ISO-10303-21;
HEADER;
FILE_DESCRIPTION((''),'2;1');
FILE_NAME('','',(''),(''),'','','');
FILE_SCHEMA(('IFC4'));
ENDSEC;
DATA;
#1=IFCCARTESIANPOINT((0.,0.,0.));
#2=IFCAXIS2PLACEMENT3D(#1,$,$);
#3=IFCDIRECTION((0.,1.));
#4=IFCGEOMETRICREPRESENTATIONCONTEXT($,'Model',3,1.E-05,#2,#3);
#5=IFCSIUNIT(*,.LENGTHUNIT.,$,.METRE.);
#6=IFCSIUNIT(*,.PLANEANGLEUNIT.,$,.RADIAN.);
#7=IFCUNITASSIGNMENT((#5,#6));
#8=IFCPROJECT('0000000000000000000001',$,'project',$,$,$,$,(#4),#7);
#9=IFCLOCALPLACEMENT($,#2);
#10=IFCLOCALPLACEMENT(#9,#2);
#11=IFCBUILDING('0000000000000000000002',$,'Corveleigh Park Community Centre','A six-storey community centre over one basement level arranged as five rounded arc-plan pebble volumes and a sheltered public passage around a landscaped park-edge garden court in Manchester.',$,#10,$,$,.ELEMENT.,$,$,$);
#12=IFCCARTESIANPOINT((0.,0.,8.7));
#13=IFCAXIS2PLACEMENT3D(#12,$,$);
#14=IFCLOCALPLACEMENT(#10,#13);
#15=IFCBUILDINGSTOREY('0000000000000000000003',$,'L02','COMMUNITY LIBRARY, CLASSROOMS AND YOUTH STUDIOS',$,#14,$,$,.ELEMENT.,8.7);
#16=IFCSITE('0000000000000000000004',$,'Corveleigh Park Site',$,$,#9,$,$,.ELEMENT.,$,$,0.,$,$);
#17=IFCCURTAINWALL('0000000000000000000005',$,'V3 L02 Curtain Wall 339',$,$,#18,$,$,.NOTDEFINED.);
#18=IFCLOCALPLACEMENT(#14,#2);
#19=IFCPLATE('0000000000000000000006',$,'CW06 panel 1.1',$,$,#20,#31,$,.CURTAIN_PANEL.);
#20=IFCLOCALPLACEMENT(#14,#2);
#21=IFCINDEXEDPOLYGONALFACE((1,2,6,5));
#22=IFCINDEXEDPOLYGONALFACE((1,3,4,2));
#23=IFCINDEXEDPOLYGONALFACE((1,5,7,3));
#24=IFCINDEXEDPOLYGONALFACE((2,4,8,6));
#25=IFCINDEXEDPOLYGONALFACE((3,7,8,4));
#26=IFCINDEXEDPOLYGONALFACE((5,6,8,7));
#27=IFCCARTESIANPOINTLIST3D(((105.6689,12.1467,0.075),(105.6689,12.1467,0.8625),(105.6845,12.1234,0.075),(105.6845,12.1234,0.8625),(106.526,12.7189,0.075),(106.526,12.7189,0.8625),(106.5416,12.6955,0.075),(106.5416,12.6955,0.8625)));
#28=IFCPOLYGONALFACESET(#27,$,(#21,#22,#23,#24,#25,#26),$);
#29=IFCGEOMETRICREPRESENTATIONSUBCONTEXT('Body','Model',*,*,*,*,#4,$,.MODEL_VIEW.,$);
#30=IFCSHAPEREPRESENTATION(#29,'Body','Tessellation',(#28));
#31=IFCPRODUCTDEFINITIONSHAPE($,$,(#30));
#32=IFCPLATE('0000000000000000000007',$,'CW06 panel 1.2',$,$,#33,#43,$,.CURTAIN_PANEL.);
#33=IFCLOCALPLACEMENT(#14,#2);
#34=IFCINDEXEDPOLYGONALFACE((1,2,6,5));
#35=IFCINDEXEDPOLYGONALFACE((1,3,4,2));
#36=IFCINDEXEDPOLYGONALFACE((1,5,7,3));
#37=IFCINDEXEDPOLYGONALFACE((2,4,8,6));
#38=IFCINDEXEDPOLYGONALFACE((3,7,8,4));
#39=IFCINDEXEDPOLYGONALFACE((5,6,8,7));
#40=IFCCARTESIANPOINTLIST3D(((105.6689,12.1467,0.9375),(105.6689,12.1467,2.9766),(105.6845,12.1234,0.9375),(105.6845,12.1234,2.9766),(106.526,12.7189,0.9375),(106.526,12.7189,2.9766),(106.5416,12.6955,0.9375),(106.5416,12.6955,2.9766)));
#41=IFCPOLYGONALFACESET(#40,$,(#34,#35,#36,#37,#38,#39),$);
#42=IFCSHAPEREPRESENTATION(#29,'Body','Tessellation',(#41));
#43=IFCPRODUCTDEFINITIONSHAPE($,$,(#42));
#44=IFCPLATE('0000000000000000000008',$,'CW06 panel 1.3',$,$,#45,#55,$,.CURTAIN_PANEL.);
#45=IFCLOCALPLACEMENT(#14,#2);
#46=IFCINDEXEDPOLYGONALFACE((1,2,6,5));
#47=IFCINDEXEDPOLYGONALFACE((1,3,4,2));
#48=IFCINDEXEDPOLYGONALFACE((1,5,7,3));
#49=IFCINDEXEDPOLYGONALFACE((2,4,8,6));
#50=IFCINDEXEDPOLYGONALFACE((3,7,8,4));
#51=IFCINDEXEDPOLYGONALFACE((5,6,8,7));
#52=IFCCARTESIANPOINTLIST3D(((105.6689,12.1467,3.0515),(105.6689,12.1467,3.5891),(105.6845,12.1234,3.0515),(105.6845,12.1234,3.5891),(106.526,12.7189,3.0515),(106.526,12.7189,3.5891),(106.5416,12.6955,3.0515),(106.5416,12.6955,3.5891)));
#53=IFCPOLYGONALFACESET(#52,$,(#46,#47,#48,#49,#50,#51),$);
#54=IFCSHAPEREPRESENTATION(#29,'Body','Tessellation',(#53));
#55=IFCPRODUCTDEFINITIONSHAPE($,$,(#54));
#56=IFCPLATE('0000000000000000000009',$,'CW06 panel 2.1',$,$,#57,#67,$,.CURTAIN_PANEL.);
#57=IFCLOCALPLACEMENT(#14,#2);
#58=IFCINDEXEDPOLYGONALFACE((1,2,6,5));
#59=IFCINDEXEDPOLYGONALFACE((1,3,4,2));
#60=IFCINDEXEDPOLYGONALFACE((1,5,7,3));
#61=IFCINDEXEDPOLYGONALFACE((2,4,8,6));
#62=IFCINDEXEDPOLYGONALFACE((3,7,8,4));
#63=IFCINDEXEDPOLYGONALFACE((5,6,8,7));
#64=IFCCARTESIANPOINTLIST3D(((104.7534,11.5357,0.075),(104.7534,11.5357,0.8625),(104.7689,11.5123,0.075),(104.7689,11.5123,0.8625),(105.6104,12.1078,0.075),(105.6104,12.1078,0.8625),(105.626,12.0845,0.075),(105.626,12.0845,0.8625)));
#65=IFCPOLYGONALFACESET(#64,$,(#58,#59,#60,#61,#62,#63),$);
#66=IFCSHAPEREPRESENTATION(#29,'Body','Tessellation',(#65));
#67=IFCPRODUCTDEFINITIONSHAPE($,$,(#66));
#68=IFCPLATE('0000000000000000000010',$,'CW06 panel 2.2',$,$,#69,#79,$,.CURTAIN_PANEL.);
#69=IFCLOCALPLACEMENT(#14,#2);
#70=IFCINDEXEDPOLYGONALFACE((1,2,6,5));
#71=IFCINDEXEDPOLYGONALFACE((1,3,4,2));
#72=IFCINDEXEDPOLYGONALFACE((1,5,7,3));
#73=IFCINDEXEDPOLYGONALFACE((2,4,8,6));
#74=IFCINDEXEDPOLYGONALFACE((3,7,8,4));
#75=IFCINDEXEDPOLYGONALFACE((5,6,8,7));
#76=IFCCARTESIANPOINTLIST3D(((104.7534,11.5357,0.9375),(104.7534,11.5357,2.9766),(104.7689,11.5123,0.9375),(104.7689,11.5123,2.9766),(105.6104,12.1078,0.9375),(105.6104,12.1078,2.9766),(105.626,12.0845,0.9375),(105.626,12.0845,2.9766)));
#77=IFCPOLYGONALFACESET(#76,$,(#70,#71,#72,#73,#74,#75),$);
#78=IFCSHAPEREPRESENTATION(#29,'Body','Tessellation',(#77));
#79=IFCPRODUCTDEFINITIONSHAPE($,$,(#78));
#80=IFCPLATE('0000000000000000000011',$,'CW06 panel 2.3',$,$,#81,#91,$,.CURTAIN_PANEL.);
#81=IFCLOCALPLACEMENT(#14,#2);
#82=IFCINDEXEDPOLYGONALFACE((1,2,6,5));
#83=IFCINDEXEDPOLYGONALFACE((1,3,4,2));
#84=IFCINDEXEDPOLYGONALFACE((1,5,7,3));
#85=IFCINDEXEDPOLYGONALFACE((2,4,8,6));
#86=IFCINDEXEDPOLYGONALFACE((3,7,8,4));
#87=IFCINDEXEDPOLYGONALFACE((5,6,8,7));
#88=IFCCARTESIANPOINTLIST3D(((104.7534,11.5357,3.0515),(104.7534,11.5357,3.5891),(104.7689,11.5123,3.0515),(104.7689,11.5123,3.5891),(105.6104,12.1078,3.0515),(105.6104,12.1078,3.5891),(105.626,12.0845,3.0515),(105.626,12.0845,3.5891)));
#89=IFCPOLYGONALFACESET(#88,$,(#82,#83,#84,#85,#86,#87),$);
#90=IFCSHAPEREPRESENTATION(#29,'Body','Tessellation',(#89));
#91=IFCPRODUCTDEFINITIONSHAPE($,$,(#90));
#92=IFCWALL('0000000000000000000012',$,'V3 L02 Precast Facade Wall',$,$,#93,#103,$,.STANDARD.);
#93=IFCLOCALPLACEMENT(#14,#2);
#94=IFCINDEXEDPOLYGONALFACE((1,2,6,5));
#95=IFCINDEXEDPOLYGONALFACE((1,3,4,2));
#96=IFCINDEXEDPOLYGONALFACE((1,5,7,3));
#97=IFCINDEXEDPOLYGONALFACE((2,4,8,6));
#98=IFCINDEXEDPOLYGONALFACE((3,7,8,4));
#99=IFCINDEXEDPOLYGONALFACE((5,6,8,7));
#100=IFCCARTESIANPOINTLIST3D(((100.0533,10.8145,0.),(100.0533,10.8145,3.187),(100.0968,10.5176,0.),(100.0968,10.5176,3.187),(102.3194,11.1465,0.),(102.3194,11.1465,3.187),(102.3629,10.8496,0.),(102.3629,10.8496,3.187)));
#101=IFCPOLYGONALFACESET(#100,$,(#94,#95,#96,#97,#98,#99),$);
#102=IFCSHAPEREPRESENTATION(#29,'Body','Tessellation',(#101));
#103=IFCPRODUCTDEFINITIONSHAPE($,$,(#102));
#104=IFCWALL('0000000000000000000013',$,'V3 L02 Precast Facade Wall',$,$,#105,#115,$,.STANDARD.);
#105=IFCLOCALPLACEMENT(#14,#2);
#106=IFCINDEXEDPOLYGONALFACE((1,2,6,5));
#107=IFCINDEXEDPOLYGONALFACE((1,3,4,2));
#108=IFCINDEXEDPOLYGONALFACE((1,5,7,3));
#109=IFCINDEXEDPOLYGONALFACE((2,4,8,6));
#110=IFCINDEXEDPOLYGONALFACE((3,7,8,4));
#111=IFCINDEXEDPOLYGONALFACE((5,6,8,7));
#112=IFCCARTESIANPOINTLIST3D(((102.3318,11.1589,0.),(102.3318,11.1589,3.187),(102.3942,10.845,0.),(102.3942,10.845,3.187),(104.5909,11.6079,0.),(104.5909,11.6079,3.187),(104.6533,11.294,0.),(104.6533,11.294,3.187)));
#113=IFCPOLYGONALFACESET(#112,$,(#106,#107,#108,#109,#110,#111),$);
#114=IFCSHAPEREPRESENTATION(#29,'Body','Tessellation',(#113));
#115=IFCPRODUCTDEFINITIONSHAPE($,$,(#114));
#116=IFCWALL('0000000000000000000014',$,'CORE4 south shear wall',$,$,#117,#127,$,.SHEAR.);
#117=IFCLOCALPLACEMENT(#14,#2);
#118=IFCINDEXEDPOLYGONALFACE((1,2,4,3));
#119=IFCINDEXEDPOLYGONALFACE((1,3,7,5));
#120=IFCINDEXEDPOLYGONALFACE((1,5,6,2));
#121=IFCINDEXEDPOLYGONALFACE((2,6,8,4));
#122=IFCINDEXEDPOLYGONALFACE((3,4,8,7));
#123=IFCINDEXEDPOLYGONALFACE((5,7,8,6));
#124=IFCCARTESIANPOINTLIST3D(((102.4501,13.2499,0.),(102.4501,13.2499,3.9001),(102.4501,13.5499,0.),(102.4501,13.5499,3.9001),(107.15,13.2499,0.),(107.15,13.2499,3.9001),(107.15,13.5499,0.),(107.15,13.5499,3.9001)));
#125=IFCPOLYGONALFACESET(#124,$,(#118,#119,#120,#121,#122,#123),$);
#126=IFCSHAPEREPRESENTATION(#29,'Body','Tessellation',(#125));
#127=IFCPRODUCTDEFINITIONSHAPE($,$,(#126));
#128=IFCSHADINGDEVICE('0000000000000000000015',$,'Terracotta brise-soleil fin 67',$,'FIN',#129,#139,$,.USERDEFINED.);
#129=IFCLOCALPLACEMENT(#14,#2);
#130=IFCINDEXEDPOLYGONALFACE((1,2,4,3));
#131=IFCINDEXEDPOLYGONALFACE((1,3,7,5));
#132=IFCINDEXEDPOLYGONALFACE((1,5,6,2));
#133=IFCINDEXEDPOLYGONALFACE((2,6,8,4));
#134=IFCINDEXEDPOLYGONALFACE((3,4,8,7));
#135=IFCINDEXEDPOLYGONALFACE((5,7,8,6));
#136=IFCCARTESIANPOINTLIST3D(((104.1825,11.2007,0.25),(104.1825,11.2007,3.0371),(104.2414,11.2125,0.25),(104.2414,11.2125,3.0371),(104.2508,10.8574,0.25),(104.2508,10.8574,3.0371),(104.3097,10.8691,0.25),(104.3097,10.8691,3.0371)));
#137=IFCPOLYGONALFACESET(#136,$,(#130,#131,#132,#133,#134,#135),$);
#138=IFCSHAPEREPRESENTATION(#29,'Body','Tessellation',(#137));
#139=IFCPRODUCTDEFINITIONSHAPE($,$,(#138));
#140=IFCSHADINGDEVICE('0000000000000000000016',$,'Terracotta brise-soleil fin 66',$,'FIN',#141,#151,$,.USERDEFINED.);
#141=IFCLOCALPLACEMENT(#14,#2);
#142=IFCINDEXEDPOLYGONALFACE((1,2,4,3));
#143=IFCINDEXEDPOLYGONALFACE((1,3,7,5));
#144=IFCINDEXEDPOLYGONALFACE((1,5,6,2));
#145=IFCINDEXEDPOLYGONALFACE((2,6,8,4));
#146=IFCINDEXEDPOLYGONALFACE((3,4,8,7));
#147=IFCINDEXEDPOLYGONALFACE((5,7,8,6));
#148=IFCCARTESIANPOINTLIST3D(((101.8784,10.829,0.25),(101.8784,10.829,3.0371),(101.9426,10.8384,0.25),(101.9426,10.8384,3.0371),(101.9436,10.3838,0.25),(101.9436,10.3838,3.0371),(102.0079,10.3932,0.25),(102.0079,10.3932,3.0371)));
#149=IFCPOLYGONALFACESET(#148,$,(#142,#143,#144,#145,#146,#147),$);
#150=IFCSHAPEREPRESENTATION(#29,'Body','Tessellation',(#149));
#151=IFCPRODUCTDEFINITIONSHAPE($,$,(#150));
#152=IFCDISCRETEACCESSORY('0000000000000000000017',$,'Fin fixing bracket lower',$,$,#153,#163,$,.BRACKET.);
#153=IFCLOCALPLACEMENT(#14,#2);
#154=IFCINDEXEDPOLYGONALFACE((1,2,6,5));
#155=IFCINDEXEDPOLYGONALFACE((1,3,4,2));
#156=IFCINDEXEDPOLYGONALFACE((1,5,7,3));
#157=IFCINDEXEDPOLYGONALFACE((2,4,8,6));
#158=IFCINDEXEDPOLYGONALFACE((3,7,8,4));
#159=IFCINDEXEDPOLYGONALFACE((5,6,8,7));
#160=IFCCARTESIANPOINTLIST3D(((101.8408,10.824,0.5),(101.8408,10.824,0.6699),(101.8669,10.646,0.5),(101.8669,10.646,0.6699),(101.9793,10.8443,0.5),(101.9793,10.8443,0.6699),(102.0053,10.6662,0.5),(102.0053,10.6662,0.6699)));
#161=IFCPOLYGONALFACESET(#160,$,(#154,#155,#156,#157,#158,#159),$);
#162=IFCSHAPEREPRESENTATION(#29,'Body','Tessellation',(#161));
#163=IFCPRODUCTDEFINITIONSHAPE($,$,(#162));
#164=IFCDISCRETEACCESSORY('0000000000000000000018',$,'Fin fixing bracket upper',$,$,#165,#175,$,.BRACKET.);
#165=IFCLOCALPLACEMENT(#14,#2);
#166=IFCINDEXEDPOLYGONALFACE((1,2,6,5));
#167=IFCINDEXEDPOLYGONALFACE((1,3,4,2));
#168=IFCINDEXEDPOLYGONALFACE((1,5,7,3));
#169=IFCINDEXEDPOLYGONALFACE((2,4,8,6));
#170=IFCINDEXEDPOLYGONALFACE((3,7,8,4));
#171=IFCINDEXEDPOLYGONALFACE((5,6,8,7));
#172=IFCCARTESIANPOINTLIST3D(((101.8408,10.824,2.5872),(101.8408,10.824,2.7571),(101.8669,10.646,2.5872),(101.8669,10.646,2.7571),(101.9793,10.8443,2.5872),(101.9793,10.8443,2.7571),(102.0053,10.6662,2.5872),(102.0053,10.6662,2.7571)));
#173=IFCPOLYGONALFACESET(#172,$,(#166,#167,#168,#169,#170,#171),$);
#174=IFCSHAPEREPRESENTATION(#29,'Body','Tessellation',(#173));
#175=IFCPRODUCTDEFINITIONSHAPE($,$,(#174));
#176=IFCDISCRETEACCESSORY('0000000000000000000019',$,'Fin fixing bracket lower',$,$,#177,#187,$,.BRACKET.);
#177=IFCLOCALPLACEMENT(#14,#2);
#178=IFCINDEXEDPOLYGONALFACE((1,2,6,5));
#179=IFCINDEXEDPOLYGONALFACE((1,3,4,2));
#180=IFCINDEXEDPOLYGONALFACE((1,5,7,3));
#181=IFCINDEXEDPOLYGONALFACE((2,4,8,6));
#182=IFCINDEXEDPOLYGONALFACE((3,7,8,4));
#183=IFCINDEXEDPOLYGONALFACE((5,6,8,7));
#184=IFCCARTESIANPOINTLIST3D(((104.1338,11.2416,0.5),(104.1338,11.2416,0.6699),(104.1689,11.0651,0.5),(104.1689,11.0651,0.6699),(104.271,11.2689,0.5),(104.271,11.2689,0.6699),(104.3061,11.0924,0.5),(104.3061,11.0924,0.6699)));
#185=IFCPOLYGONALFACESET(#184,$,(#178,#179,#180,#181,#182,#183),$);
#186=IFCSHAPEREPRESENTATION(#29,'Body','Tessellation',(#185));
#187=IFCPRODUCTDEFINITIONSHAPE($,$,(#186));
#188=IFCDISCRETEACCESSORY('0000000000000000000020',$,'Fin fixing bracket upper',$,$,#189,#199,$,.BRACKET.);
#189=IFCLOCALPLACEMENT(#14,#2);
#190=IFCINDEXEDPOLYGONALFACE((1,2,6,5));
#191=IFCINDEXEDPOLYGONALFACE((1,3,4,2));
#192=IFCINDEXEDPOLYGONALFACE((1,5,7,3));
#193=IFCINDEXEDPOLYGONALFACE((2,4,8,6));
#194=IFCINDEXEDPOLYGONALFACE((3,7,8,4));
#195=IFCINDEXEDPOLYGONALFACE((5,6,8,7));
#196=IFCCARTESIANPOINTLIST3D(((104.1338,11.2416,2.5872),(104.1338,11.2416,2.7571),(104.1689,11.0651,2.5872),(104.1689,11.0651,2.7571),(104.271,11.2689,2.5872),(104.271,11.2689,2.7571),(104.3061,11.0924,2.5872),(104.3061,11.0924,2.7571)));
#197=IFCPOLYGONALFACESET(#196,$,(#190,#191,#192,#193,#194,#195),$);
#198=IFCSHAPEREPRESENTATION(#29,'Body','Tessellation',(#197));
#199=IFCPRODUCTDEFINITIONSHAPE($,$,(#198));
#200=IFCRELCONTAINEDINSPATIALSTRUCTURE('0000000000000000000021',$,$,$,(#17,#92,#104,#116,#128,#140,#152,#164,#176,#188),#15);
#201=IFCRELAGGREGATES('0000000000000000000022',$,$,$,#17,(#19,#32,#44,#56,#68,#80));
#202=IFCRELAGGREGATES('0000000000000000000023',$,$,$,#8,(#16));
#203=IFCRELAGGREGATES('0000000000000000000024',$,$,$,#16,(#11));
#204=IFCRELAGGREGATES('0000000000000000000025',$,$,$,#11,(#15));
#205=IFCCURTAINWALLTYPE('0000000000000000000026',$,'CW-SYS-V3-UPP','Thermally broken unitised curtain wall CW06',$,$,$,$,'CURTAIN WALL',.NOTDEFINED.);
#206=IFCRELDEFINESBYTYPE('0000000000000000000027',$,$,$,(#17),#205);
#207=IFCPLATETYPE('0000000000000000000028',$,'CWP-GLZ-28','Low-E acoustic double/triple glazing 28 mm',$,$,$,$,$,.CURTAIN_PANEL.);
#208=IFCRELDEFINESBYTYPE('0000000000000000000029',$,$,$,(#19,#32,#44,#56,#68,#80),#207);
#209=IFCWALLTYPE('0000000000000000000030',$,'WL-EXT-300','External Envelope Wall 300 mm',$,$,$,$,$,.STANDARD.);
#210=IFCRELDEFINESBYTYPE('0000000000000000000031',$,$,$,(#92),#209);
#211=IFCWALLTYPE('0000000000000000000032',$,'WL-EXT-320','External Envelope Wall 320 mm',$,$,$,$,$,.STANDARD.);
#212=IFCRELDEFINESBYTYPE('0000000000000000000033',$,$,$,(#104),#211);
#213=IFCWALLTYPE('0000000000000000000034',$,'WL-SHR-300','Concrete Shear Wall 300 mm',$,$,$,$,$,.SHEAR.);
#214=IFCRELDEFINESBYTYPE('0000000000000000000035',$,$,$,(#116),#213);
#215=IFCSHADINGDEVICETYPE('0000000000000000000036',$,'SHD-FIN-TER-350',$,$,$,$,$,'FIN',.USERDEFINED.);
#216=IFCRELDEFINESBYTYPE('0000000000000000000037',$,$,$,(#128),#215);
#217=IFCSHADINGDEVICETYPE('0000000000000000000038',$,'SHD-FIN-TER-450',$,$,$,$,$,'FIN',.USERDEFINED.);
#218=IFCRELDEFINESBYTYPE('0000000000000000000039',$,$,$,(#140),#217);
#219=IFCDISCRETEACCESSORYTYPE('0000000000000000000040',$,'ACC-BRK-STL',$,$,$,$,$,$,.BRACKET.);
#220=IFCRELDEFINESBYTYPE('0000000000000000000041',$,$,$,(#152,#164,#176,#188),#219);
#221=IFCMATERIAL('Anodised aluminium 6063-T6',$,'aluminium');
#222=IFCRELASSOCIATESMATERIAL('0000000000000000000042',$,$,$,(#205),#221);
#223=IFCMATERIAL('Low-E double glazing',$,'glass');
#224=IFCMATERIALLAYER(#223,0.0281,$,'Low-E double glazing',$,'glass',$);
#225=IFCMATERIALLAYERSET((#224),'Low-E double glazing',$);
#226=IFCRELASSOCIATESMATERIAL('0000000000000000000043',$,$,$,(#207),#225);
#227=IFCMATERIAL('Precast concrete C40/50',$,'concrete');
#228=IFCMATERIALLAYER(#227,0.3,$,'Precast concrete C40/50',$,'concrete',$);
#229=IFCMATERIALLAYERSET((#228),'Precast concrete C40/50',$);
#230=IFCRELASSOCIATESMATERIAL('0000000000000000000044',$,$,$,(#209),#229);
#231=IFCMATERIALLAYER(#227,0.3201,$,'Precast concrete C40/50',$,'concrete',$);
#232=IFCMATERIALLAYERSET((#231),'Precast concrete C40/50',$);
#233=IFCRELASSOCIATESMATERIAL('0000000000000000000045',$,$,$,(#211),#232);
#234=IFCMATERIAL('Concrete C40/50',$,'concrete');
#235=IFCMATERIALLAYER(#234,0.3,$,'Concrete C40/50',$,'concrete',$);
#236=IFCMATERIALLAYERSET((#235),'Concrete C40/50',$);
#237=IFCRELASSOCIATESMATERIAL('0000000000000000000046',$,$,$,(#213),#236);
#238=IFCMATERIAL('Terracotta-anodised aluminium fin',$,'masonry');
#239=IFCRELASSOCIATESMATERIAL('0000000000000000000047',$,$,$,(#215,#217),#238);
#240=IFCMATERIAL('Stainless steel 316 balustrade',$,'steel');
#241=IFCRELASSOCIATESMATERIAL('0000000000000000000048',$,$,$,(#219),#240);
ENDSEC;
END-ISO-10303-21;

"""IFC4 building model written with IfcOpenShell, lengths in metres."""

from ifc_helpers import new_model, si_unit, direction, frame, frame_2d, origin, origin_2d, place, context, subcontext, project, spatial, rectangle, extrude, material, layer, layer_set, type_object, element, aggregate, save


model = new_model("IFC4")

# Units and contexts
model_context = context("Model", 3, precision=1e-05, world=origin(), true_north=direction((0.0, 1.0)))
body_context = subcontext(model_context, "Body", "Model", "MODEL_VIEW")
ifc_project = project(units=[si_unit("LENGTHUNIT", "METRE"), si_unit("PLANEANGLEUNIT", "RADIAN")], contexts=[model_context])

# Site, building, storey
site_placement = place(None, origin())
site = spatial("IfcSite", under=ifc_project, at=site_placement, Name="Corveleigh Park Site", CompositionType="ELEMENT", RefElevation=0.0)
building_placement = place(site_placement, origin())
building = spatial("IfcBuilding", under=site, at=building_placement, Name="Corveleigh Park Community Centre", Description="A six-storey community centre over one basement level arranged as five rounded arc-plan pebble volumes and a sheltered public passage around a landscaped park-edge garden court in Manchester.", CompositionType="ELEMENT")
storey_placement = place(building_placement, frame((0.0, 0.0, 8.7)))
storey = spatial("IfcBuildingStorey", under=building, at=storey_placement, Name="L02", Description="COMMUNITY LIBRARY, CLASSROOMS AND YOUTH STUDIOS", CompositionType="ELEMENT", Elevation=8.7)

# Shared definitions
ifc_material_1 = material(Name="Concrete C40/50", Category="concrete")

# Curtain wall, plates
ifc_material_2 = material(Name="Anodised aluminium 6063-T6", Category="aluminium")
curtain_wall_type = type_object("IfcCurtainWallType", Name="CW-SYS-V3-UPP", Description="Thermally broken unitised curtain wall CW06", ElementType="CURTAIN WALL", PredefinedType="NOTDEFINED", material=ifc_material_2)
curtain_wall_placement = place(storey_placement, origin())
curtain_wall = element("IfcCurtainWall", 1, at=curtain_wall_placement, inside=storey, type_object=curtain_wall_type, Name="V3 L02 Curtain Wall 339", PredefinedType="NOTDEFINED")
ifc_material_3 = material(Name="Low-E double glazing", Category="glass")
ifc_layer_1 = layer(ifc_material_3, 0.0281, Name="Low-E double glazing", Category="glass")
ifc_layer_set_1 = layer_set([ifc_layer_1], Name="Low-E double glazing")
plate_type = type_object("IfcPlateType", Name="CWP-GLZ-28", Description="Low-E acoustic double/triple glazing 28 mm", PredefinedType="CURTAIN_PANEL", material=ifc_layer_set_1)
plate_1_placement = place(storey_placement, frame((106.1052, 12.4211, 0.075), z_axis=(0.0, 0.0, 1.0), x_axis=(-0.831711, -0.555208, 0.0)))
plate_1 = element("IfcPlate", 2, at=plate_1_placement, type_object=plate_type, Name="CW06 panel 1.1", PredefinedType="CURTAIN_PANEL", context=body_context, shape_type="SweptSolid", body=[
    extrude(rectangle(XDim=1.0305, YDim=0.0281, at=origin_2d()), origin(), (0.0, 0.0, 1.0), 0.7876),
])
plate_2_placement = place(storey_placement, frame((106.1052, 12.4211, 0.9375), z_axis=(0.0, 0.0, 1.0), x_axis=(-0.831711, -0.555208, 0.0)))
plate_2 = element("IfcPlate", 3, at=plate_2_placement, type_object=plate_type, Name="CW06 panel 1.2", PredefinedType="CURTAIN_PANEL", context=body_context, shape_type="SweptSolid", body=[
    extrude(rectangle(XDim=1.0305, YDim=0.0281, at=origin_2d()), origin(), (0.0, 0.0, 1.0), 2.0391),
])
plate_3_placement = place(storey_placement, frame((106.1052, 12.4211, 3.0515), z_axis=(0.0, 0.0, 1.0), x_axis=(-0.831711, -0.555208, 0.0)))
plate_3 = element("IfcPlate", 4, at=plate_3_placement, type_object=plate_type, Name="CW06 panel 1.3", PredefinedType="CURTAIN_PANEL", context=body_context, shape_type="SweptSolid", body=[
    extrude(rectangle(XDim=1.0305, YDim=0.0281, at=origin_2d()), origin(), (0.0, 0.0, 1.0), 0.5376),
])
plate_4_placement = place(storey_placement, frame((105.1897, 11.8101, 0.075), z_axis=(0.0, 0.0, 1.0), x_axis=(-0.831711, -0.555208, 0.0)))
plate_4 = element("IfcPlate", 5, at=plate_4_placement, type_object=plate_type, Name="CW06 panel 2.1", PredefinedType="CURTAIN_PANEL", context=body_context, shape_type="SweptSolid", body=[
    extrude(rectangle(XDim=1.0305, YDim=0.0281, at=origin_2d()), origin(), (0.0, 0.0, 1.0), 0.7876),
])
plate_5_placement = place(storey_placement, frame((105.1897, 11.8101, 0.9375), z_axis=(0.0, 0.0, 1.0), x_axis=(-0.831711, -0.555208, 0.0)))
plate_5 = element("IfcPlate", 6, at=plate_5_placement, type_object=plate_type, Name="CW06 panel 2.2", PredefinedType="CURTAIN_PANEL", context=body_context, shape_type="SweptSolid", body=[
    extrude(rectangle(XDim=1.0305, YDim=0.0281, at=origin_2d()), origin(), (0.0, 0.0, 1.0), 2.0391),
])
plate_6_placement = place(storey_placement, frame((105.1897, 11.8101, 3.0515), z_axis=(0.0, 0.0, 1.0), x_axis=(-0.831711, -0.555208, 0.0)))
plate_6 = element("IfcPlate", 7, at=plate_6_placement, type_object=plate_type, Name="CW06 panel 2.3", PredefinedType="CURTAIN_PANEL", context=body_context, shape_type="SweptSolid", body=[
    extrude(rectangle(XDim=1.0305, YDim=0.0281, at=origin_2d()), origin(), (0.0, 0.0, 1.0), 0.5376),
])
aggregate(curtain_wall, [plate_1, plate_2, plate_3, plate_4, plate_5, plate_6])

# Walls
ifc_material_4 = material(Name="Precast concrete C40/50", Category="concrete")
ifc_layer_2 = layer(ifc_material_4, 0.3, Name="Precast concrete C40/50", Category="concrete")
ifc_layer_set_2 = layer_set([ifc_layer_2], Name="Precast concrete C40/50")
wall_type_1 = type_object("IfcWallType", Name="WL-EXT-300", Description="External Envelope Wall 300 mm", PredefinedType="STANDARD", material=ifc_layer_set_2)
wall_1_placement = place(storey_placement, frame((102.3411, 10.998, 0.0), z_axis=(0.0, 0.0, 1.0), x_axis=(-0.989436, -0.144972, 0.0)))
element("IfcWall", 8, at=wall_1_placement, inside=storey, type_object=wall_type_1, Name="V3 L02 Precast Facade Wall", PredefinedType="STANDARD", context=body_context, shape_type="SweptSolid", body=[
    extrude(rectangle(XDim=2.2903, YDim=0.3, at=frame_2d((1.145, 0.0))), origin(), (0.0, 0.0, 1.0), 3.187),
])
ifc_layer_3 = layer(ifc_material_4, 0.3201, Name="Precast concrete C40/50", Category="concrete")
ifc_layer_set_3 = layer_set([ifc_layer_3], Name="Precast concrete C40/50")
wall_type_2 = type_object("IfcWallType", Name="WL-EXT-320", Description="External Envelope Wall 320 mm", PredefinedType="STANDARD", material=ifc_layer_set_3)
wall_2_placement = place(storey_placement, frame((104.6221, 11.4509, 0.0), z_axis=(0.0, 0.0, 1.0), x_axis=(-0.980816, -0.194934, 0.0)))
element("IfcWall", 9, at=wall_2_placement, inside=storey, type_object=wall_type_2, Name="V3 L02 Precast Facade Wall", PredefinedType="STANDARD", context=body_context, shape_type="SweptSolid", body=[
    extrude(rectangle(XDim=2.3032, YDim=0.3201, at=frame_2d((1.1516, 0.0))), origin(), (0.0, 0.0, 1.0), 3.187),
])
ifc_layer_4 = layer(ifc_material_1, 0.3, Name="Concrete C40/50", Category="concrete")
ifc_layer_set_4 = layer_set([ifc_layer_4], Name="Concrete C40/50")
wall_type_3 = type_object("IfcWallType", Name="WL-SHR-300", Description="Concrete Shear Wall 300 mm", PredefinedType="SHEAR", material=ifc_layer_set_4)
wall_3_placement = place(storey_placement, frame((102.45, 13.3999, 0.0), z_axis=(0.0, 0.0, 1.0), x_axis=(1.0, 0.0, 0.0)))
element("IfcWall", 10, at=wall_3_placement, inside=storey, type_object=wall_type_3, Name="CORE4 south shear wall", PredefinedType="SHEAR", context=body_context, shape_type="SweptSolid", body=[
    extrude(rectangle(XDim=4.7, YDim=0.3, at=frame_2d((2.3501, 0.0))), origin(), (0.0, 0.0, 1.0), 3.9001),
])

# Shading devices
ifc_material_5 = material(Name="Terracotta-anodised aluminium fin", Category="masonry")
shading_device_type_1 = type_object("IfcShadingDeviceType", Name="SHD-FIN-TER-350", ElementType="FIN", PredefinedType="USERDEFINED", material=ifc_material_5)
shading_device_1_placement = place(storey_placement, frame((104.2461, 11.0349, 0.25), z_axis=(0.0, 0.0, 1.0), x_axis=(0.194947, -0.980814, 0.0)))
element("IfcShadingDevice", 11, at=shading_device_1_placement, inside=storey, type_object=shading_device_type_1, Name="Terracotta brise-soleil fin 67", ObjectType="FIN", PredefinedType="USERDEFINED", context=body_context, shape_type="SweptSolid", body=[
    extrude(rectangle(XDim=0.3501, YDim=0.0601, at=origin_2d()), origin(), (0.0, 0.0, 1.0), 2.7871),
])
shading_device_type_2 = type_object("IfcShadingDeviceType", Name="SHD-FIN-TER-450", ElementType="FIN", PredefinedType="USERDEFINED", material=ifc_material_5)
shading_device_2_placement = place(storey_placement, frame((101.9431, 10.6111, 0.25), z_axis=(0.0, 0.0, 1.0), x_axis=(0.144966, -0.989437, 0.0)))
element("IfcShadingDevice", 12, at=shading_device_2_placement, inside=storey, type_object=shading_device_type_2, Name="Terracotta brise-soleil fin 66", ObjectType="FIN", PredefinedType="USERDEFINED", context=body_context, shape_type="SweptSolid", body=[
    extrude(rectangle(XDim=0.45, YDim=0.0649, at=origin_2d()), origin(), (0.0, 0.0, 1.0), 2.7871),
])

# Discrete accessories
ifc_material_6 = material(Name="Stainless steel 316 balustrade", Category="steel")
discrete_accessory_type = type_object("IfcDiscreteAccessoryType", Name="ACC-BRK-STL", PredefinedType="BRACKET", material=ifc_material_6)
for number, where, z_axis, x_axis, name in (
    (13, (101.9231, 10.7451, 0.5), (0.0, 0.0, 1.0), (0.144966, -0.989437, 0.0), "Fin fixing bracket lower"),
    (14, (101.9231, 10.7451, 2.5872), (0.0, 0.0, 1.0), (0.144966, -0.989437, 0.0), "Fin fixing bracket upper"),
    (15, (104.22, 11.167, 0.5), (0.0, 0.0, 1.0), (0.194947, -0.980814, 0.0), "Fin fixing bracket lower"),
    (16, (104.22, 11.167, 2.5872), (0.0, 0.0, 1.0), (0.194947, -0.980814, 0.0), "Fin fixing bracket upper"),
):
    element("IfcDiscreteAccessory", number, at=place(storey_placement, frame(where, z_axis=z_axis, x_axis=x_axis)), inside=storey, type_object=discrete_accessory_type, Name=name, PredefinedType="BRACKET", context=body_context, shape_type="SweptSolid", body=[
        extrude(rectangle(XDim=0.1799, YDim=0.1399, at=origin_2d()), origin(), (0.0, 0.0, 1.0), 0.1699),
    ])

save(model, "model.ifc")
